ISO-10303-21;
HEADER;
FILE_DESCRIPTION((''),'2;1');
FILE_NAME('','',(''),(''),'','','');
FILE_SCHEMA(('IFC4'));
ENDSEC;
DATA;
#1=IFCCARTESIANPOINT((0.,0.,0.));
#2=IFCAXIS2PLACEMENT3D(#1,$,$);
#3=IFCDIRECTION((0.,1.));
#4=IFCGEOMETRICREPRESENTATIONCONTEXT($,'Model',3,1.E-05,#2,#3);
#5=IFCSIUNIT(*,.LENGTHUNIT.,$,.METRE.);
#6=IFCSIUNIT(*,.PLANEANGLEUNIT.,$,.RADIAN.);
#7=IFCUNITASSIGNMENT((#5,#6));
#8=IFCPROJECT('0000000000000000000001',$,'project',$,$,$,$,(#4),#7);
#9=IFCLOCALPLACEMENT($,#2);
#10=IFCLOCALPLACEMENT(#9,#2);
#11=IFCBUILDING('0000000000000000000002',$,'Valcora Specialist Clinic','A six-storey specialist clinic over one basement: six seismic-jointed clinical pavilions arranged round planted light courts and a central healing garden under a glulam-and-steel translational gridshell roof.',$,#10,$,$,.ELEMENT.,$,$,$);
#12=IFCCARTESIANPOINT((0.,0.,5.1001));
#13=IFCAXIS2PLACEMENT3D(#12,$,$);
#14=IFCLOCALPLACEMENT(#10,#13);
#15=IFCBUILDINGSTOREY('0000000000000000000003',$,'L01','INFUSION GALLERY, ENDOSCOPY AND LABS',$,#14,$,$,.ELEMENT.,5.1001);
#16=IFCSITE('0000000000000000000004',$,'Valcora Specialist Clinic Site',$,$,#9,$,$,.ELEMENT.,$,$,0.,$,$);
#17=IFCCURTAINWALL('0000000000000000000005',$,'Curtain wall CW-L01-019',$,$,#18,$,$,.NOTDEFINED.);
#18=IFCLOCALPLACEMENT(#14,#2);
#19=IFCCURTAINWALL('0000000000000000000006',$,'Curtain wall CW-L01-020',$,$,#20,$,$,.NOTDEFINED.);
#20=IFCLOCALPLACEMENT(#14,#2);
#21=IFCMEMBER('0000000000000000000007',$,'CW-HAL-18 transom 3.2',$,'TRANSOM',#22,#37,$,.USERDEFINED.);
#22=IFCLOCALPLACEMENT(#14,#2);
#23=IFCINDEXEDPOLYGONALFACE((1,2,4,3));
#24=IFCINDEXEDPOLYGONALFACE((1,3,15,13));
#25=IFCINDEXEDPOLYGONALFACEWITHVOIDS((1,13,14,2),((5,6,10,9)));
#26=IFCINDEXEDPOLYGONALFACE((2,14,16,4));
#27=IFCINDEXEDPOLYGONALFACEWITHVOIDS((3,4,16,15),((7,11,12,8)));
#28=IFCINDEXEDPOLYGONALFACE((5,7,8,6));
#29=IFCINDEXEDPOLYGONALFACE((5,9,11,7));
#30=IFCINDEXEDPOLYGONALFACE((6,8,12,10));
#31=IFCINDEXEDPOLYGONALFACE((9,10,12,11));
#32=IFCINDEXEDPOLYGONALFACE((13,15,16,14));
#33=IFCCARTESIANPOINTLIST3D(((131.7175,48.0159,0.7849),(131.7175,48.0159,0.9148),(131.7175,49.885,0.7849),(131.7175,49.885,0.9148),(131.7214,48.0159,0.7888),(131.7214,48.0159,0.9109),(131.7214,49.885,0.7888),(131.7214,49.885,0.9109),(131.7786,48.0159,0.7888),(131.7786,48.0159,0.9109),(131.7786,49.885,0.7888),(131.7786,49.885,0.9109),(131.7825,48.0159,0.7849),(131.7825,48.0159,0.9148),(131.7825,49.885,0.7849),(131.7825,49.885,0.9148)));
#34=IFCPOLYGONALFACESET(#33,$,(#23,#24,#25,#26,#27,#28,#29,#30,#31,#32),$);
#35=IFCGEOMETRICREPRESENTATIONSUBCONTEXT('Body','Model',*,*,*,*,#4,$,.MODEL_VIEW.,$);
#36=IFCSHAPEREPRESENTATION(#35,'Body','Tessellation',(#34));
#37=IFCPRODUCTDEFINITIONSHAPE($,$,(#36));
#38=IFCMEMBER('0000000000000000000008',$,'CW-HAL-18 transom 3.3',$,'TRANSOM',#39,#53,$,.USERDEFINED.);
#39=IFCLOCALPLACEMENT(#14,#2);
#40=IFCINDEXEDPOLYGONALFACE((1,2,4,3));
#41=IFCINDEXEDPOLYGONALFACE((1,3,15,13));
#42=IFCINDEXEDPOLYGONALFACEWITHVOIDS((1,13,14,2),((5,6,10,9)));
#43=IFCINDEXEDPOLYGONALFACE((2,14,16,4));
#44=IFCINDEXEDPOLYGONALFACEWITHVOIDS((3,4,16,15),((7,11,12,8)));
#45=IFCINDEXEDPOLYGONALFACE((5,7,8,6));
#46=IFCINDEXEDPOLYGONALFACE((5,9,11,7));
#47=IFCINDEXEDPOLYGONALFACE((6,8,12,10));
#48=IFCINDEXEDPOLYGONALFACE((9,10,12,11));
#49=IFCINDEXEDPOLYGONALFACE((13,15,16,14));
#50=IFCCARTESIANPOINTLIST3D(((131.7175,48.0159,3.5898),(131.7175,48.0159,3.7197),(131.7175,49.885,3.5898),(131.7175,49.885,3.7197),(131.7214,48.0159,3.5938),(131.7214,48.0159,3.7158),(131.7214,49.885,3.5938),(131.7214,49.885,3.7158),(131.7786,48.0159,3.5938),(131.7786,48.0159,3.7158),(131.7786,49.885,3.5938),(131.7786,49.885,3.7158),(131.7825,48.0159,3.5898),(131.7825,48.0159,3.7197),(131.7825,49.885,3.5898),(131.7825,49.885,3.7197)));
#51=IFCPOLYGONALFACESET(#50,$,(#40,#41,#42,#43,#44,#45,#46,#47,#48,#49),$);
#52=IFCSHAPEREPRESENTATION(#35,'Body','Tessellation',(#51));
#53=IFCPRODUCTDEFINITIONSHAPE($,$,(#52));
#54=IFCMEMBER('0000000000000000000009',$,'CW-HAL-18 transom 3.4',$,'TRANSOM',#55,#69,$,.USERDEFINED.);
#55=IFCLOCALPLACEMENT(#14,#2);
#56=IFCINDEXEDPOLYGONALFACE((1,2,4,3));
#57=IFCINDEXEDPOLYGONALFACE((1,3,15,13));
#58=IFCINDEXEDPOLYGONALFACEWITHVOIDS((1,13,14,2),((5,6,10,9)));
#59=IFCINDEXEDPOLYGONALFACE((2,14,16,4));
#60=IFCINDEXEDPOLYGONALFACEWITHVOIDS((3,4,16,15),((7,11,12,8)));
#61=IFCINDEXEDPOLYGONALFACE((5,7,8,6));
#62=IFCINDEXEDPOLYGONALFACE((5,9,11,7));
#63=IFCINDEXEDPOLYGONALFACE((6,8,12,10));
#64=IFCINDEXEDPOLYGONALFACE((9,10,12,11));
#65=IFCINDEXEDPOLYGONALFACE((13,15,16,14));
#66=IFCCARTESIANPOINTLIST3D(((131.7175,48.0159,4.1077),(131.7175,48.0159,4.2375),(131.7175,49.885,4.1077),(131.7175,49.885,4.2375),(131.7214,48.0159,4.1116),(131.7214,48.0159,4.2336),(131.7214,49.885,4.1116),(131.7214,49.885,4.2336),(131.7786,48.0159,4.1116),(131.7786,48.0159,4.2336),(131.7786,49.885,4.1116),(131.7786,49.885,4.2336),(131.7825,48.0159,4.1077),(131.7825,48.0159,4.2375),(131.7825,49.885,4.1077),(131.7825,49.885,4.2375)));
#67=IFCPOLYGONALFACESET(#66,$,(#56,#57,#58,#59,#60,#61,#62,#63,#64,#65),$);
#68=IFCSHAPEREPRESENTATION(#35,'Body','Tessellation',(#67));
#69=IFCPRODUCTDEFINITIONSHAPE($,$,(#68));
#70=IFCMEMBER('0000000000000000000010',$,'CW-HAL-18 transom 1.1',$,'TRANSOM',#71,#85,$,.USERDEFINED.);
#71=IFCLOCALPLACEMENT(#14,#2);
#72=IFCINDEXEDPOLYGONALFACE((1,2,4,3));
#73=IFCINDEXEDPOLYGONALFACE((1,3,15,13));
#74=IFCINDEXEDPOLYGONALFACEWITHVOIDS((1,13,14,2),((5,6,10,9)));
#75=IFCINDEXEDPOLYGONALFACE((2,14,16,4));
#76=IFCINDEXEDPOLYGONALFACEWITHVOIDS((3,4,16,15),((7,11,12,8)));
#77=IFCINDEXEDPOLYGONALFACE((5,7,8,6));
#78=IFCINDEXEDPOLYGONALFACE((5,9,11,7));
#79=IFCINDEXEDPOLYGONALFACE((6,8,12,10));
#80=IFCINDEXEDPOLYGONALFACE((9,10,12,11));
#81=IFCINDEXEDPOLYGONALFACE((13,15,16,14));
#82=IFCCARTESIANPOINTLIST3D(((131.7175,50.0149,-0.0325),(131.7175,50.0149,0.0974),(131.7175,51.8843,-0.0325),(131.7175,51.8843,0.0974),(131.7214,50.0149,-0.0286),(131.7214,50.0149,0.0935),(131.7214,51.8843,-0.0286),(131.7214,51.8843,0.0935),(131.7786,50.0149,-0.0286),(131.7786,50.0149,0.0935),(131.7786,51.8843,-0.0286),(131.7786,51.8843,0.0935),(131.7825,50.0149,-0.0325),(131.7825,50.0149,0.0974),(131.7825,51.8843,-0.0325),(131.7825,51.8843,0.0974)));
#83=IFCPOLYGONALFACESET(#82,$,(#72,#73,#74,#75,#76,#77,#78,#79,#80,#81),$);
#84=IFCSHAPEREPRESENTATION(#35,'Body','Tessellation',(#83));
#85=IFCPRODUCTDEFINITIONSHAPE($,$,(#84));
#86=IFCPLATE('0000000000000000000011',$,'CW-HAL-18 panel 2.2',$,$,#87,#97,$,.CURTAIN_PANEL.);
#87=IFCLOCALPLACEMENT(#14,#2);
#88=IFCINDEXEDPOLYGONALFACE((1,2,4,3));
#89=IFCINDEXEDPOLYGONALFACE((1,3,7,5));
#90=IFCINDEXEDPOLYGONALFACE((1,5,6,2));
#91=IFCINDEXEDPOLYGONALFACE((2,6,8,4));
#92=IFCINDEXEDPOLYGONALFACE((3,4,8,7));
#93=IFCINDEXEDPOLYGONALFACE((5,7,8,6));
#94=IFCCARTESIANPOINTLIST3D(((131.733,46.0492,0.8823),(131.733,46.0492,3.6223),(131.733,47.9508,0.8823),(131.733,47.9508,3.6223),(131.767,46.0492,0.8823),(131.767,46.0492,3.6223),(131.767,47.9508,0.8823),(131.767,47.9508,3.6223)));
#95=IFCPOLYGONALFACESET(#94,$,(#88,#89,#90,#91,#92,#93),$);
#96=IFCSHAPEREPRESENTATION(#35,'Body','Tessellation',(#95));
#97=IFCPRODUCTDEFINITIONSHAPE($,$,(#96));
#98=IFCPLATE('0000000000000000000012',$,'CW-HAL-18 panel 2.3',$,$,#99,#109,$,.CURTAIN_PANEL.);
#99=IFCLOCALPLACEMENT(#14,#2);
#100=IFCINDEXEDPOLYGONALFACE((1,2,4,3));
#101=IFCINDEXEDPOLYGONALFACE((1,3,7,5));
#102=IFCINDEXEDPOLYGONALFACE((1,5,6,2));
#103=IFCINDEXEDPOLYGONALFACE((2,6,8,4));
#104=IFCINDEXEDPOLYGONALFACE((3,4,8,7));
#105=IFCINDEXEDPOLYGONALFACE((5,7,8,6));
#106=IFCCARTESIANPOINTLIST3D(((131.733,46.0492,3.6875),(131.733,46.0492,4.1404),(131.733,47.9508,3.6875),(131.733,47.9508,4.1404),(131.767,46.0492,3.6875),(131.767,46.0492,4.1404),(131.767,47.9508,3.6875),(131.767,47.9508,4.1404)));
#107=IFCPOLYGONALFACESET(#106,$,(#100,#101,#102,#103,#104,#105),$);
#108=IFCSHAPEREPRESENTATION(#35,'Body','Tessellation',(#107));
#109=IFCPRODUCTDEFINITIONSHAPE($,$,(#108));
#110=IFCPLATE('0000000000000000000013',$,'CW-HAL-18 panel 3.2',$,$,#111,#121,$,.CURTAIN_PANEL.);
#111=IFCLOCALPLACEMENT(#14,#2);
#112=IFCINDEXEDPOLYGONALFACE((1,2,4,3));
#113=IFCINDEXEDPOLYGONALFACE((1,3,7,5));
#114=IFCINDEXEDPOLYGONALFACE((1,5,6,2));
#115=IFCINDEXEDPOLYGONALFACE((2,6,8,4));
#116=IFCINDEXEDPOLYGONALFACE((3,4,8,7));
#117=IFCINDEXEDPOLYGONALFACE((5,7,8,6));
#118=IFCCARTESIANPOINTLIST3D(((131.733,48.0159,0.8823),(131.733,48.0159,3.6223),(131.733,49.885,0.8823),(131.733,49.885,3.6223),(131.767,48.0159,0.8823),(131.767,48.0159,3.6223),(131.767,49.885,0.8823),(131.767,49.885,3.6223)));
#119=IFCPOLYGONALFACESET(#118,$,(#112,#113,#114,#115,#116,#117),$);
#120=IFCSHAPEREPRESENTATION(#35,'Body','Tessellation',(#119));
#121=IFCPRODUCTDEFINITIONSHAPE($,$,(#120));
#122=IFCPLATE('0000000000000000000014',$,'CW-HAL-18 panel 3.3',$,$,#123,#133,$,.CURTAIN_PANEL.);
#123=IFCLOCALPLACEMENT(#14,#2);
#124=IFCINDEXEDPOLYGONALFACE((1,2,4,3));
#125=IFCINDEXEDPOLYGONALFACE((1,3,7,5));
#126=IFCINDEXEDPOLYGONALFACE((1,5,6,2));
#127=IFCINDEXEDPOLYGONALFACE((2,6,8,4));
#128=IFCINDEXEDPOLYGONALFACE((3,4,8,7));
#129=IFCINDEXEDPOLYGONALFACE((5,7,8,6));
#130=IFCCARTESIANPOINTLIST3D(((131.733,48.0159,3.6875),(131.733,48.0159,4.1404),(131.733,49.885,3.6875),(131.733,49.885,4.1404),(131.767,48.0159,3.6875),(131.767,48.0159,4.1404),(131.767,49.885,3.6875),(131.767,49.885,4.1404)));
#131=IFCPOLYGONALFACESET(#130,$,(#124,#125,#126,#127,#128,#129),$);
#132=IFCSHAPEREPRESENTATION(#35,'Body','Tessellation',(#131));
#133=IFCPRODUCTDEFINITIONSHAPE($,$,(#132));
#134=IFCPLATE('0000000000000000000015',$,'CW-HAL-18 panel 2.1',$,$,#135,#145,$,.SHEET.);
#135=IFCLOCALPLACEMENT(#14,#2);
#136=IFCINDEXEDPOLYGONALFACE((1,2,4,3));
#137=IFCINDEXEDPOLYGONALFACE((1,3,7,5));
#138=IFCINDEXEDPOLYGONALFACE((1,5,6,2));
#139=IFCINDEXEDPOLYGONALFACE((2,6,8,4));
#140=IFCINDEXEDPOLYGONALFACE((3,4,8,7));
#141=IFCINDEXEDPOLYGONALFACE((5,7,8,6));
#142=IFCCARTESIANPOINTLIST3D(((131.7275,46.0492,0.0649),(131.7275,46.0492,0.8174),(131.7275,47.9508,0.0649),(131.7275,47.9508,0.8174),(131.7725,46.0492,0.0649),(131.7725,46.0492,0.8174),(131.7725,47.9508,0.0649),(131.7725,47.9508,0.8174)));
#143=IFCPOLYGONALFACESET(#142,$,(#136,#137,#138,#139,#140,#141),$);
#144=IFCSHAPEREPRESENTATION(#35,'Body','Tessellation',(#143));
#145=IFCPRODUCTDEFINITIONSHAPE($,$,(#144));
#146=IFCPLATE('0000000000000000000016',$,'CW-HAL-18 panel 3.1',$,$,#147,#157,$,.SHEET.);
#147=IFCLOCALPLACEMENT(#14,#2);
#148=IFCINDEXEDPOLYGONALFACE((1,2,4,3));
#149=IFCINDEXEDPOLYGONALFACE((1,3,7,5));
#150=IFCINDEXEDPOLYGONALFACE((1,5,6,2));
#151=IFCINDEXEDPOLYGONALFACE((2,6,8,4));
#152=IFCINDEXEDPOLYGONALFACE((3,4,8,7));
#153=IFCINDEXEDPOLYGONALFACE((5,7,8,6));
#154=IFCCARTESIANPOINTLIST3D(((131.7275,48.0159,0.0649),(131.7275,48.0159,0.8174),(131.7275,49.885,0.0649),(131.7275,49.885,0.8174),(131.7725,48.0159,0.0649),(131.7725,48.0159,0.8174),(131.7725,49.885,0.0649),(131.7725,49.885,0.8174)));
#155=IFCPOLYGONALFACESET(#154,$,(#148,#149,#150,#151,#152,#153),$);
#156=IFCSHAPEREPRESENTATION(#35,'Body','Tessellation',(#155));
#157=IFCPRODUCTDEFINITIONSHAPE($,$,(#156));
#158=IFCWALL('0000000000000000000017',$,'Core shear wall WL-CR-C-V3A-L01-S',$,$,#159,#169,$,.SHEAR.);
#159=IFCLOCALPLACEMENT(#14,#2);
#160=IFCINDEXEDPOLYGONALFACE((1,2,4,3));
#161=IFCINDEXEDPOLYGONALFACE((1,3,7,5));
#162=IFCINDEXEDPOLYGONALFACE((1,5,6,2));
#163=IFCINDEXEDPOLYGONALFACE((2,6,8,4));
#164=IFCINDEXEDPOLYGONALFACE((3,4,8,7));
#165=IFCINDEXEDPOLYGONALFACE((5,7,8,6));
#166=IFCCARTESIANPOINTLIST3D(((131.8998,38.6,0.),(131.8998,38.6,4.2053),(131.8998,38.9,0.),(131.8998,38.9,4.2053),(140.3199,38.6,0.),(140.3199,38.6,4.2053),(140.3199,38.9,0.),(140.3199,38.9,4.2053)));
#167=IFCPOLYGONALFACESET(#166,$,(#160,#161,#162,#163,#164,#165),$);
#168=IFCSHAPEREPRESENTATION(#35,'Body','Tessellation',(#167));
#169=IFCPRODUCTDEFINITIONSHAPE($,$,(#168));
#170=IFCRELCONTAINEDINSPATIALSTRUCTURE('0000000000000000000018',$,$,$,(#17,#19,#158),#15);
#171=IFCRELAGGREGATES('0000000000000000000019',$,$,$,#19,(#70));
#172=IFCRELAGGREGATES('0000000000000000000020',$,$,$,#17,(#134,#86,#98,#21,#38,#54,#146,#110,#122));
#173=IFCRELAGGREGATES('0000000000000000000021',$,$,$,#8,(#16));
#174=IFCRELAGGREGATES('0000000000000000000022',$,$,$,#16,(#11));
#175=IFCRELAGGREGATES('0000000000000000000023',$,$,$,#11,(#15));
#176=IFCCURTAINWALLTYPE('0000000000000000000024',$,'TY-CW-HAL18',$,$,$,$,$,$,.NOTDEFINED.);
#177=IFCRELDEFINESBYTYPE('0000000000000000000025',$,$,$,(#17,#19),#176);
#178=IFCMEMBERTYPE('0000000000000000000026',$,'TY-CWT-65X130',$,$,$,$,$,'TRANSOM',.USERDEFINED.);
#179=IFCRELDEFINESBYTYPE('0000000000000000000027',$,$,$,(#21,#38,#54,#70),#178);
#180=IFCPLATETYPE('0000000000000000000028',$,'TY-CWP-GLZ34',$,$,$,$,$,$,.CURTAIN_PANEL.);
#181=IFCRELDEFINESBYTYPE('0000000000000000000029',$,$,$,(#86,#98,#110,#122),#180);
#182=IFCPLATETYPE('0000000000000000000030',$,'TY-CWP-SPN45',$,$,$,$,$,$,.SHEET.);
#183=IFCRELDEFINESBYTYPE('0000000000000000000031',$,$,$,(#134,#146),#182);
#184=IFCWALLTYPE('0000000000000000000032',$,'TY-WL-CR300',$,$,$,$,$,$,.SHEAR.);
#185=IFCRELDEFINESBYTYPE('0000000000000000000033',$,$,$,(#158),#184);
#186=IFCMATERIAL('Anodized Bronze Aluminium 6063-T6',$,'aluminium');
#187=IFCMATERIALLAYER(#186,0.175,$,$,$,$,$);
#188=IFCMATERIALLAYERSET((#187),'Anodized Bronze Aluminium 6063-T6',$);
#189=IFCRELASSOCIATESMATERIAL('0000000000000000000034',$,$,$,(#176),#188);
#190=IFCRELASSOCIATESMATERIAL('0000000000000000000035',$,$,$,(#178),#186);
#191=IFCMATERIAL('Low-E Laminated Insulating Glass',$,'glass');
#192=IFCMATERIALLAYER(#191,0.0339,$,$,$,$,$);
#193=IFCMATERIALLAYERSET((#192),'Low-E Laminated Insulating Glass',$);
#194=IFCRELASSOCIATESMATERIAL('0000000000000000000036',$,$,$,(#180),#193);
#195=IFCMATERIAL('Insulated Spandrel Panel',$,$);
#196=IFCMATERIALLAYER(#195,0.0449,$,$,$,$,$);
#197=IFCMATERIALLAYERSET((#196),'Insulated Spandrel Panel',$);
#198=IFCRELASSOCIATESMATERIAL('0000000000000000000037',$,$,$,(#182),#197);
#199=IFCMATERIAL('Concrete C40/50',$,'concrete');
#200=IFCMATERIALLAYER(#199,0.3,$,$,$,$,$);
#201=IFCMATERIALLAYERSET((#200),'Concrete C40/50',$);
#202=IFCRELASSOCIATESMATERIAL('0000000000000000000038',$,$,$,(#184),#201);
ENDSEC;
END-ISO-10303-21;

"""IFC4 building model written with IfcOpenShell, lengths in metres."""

from ifc_helpers import new_model, si_unit, direction, frame, frame_2d, origin, origin_2d, place, context, subcontext, project, spatial, rectangle, hollow_rectangle, extrude, material, layer, layer_set, material_profile, profile_set, type_object, element, aggregate, save


model = new_model("IFC4")

# Units and contexts
model_context = context("Model", 3, precision=1e-05, world=origin(), true_north=direction((0.0, 1.0)))
body_context = subcontext(model_context, "Body", "Model", "MODEL_VIEW")
ifc_project = project(units=[si_unit("LENGTHUNIT", "METRE"), si_unit("PLANEANGLEUNIT", "RADIAN")], contexts=[model_context])

# Site, building, storey
site_placement = place(None, origin())
site = spatial("IfcSite", under=ifc_project, at=site_placement, Name="Valcora Specialist Clinic Site", CompositionType="ELEMENT", RefElevation=0.0)
building_placement = place(site_placement, origin())
building = spatial("IfcBuilding", under=site, at=building_placement, Name="Valcora Specialist Clinic", Description="A six-storey specialist clinic over one basement: six seismic-jointed clinical pavilions arranged round planted light courts and a central healing garden under a glulam-and-steel translational gridshell roof.", CompositionType="ELEMENT")
storey_placement = place(building_placement, frame((0.0, 0.0, 5.1001)))
storey = spatial("IfcBuildingStorey", under=building, at=storey_placement, Name="L01", Description="INFUSION GALLERY, ENDOSCOPY AND LABS", CompositionType="ELEMENT", Elevation=5.1001)

# Shared definitions
ifc_material_1 = material(Name="Concrete C40/50", Category="concrete")

# Curtain wall
ifc_material_2 = material(Name="Anodized Bronze Aluminium 6063-T6", Category="aluminium")
ifc_layer_1 = layer(ifc_material_2, 0.175)
ifc_layer_set_1 = layer_set([ifc_layer_1], Name="Anodized Bronze Aluminium 6063-T6")
curtain_wall_type = type_object("IfcCurtainWallType", Name="TY-CW-HAL18", PredefinedType="NOTDEFINED", material=ifc_layer_set_1)
curtain_wall_1_placement = place(storey_placement, origin())
curtain_wall_1 = element("IfcCurtainWall", 1, at=curtain_wall_1_placement, inside=storey, type_object=curtain_wall_type, Name="Curtain wall CW-L01-019", PredefinedType="NOTDEFINED")

# Curtain wall
curtain_wall_2_placement = place(storey_placement, origin())
curtain_wall_2 = element("IfcCurtainWall", 2, at=curtain_wall_2_placement, inside=storey, type_object=curtain_wall_type, Name="Curtain wall CW-L01-020", PredefinedType="NOTDEFINED")

# Members
ifc_material_profile_1 = material_profile(ifc_material_2, hollow_rectangle(XDim=0.0649, YDim=0.1299, WallThickness=0.0039, at=origin_2d()), Name="AL-TRN-65X130")
ifc_profile_set_1 = profile_set([ifc_material_profile_1], Name="Anodized Bronze Aluminium 6063-T6")
member_type_1 = type_object("IfcMemberType", Name="TY-CWT-65X130", ElementType="TRANSOM", PredefinedType="USERDEFINED", material=ifc_profile_set_1)
member_1_placement = place(storey_placement, frame((131.75, 48.0159, 0.8499), z_axis=(0.0, 1.0, 0.0), x_axis=(-1.0, 0.0, 0.0)))
member_1 = element("IfcMember", 3, at=member_1_placement, type_object=member_type_1, Name="CW-HAL-18 transom 3.2", ObjectType="TRANSOM", PredefinedType="USERDEFINED", context=body_context, shape_type="SweptSolid", body=[
    extrude(hollow_rectangle(XDim=0.0649, YDim=0.1299, WallThickness=0.0039, at=origin_2d()), origin(), (0.0, 0.0, 1.0), 1.8691),
])
member_2_placement = place(storey_placement, frame((131.75, 48.0159, 3.6548), z_axis=(0.0, 1.0, 0.0), x_axis=(-1.0, 0.0, 0.0)))
member_2 = element("IfcMember", 4, at=member_2_placement, type_object=member_type_1, Name="CW-HAL-18 transom 3.3", ObjectType="TRANSOM", PredefinedType="USERDEFINED", context=body_context, shape_type="SweptSolid", body=[
    extrude(hollow_rectangle(XDim=0.0649, YDim=0.1299, WallThickness=0.0039, at=origin_2d()), origin(), (0.0, 0.0, 1.0), 1.8691),
])
member_3_placement = place(storey_placement, frame((131.75, 48.0159, 4.1726), z_axis=(0.0, 1.0, 0.0), x_axis=(-1.0, 0.0, 0.0)))
member_3 = element("IfcMember", 5, at=member_3_placement, type_object=member_type_1, Name="CW-HAL-18 transom 3.4", ObjectType="TRANSOM", PredefinedType="USERDEFINED", context=body_context, shape_type="SweptSolid", body=[
    extrude(hollow_rectangle(XDim=0.0649, YDim=0.1299, WallThickness=0.0039, at=origin_2d()), origin(), (0.0, 0.0, 1.0), 1.8691),
])
member_4_placement = place(storey_placement, frame((131.75, 50.0149, 0.0325), z_axis=(0.0, 1.0, 0.0), x_axis=(-1.0, 0.0, 0.0)))
member_4 = element("IfcMember", 6, at=member_4_placement, type_object=member_type_1, Name="CW-HAL-18 transom 1.1", ObjectType="TRANSOM", PredefinedType="USERDEFINED", context=body_context, shape_type="SweptSolid", body=[
    extrude(hollow_rectangle(XDim=0.0649, YDim=0.1299, WallThickness=0.0039, at=origin_2d()), origin(), (0.0, 0.0, 1.0), 1.8694),
])
aggregate(curtain_wall_2, [member_4])

# Plates
ifc_material_3 = material(Name="Low-E Laminated Insulating Glass", Category="glass")
ifc_layer_2 = layer(ifc_material_3, 0.0339)
ifc_layer_set_2 = layer_set([ifc_layer_2], Name="Low-E Laminated Insulating Glass")
plate_type_1 = type_object("IfcPlateType", Name="TY-CWP-GLZ34", PredefinedType="CURTAIN_PANEL", material=ifc_layer_set_2)
plate_1_placement = place(storey_placement, frame((131.75, 47.0, 0.8823), z_axis=(0.0, 0.0, 1.0), x_axis=(0.0, 1.0, 0.0)))
plate_1 = element("IfcPlate", 7, at=plate_1_placement, type_object=plate_type_1, Name="CW-HAL-18 panel 2.2", PredefinedType="CURTAIN_PANEL", context=body_context, shape_type="SweptSolid", body=[
    extrude(rectangle(XDim=1.9016, YDim=0.0339, at=origin_2d()), origin(), (0.0, 0.0, 1.0), 2.74),
])
plate_2_placement = place(storey_placement, frame((131.75, 47.0, 3.6875), z_axis=(0.0, 0.0, 1.0), x_axis=(0.0, 1.0, 0.0)))
plate_2 = element("IfcPlate", 8, at=plate_2_placement, type_object=plate_type_1, Name="CW-HAL-18 panel 2.3", PredefinedType="CURTAIN_PANEL", context=body_context, shape_type="SweptSolid", body=[
    extrude(rectangle(XDim=1.9016, YDim=0.0339, at=origin_2d()), origin(), (0.0, 0.0, 1.0), 0.4529),
])
plate_3_placement = place(storey_placement, frame((131.75, 48.9504, 0.8823), z_axis=(0.0, 0.0, 1.0), x_axis=(0.0, 1.0, 0.0)))
plate_3 = element("IfcPlate", 9, at=plate_3_placement, type_object=plate_type_1, Name="CW-HAL-18 panel 3.2", PredefinedType="CURTAIN_PANEL", context=body_context, shape_type="SweptSolid", body=[
    extrude(rectangle(XDim=1.8691, YDim=0.0339, at=origin_2d()), origin(), (0.0, 0.0, 1.0), 2.74),
])
plate_4_placement = place(storey_placement, frame((131.75, 48.9504, 3.6875), z_axis=(0.0, 0.0, 1.0), x_axis=(0.0, 1.0, 0.0)))
plate_4 = element("IfcPlate", 10, at=plate_4_placement, type_object=plate_type_1, Name="CW-HAL-18 panel 3.3", PredefinedType="CURTAIN_PANEL", context=body_context, shape_type="SweptSolid", body=[
    extrude(rectangle(XDim=1.8691, YDim=0.0339, at=origin_2d()), origin(), (0.0, 0.0, 1.0), 0.4529),
])
ifc_material_4 = material(Name="Insulated Spandrel Panel")
ifc_layer_3 = layer(ifc_material_4, 0.0449)
ifc_layer_set_3 = layer_set([ifc_layer_3], Name="Insulated Spandrel Panel")
plate_type_2 = type_object("IfcPlateType", Name="TY-CWP-SPN45", PredefinedType="SHEET", material=ifc_layer_set_3)
plate_5_placement = place(storey_placement, frame((131.75, 47.0, 0.0649), z_axis=(0.0, 0.0, 1.0), x_axis=(0.0, 1.0, 0.0)))
plate_5 = element("IfcPlate", 11, at=plate_5_placement, type_object=plate_type_2, Name="CW-HAL-18 panel 2.1", PredefinedType="SHEET", context=body_context, shape_type="SweptSolid", body=[
    extrude(rectangle(XDim=1.9016, YDim=0.0449, at=origin_2d()), origin(), (0.0, 0.0, 1.0), 0.7524),
])
plate_6_placement = place(storey_placement, frame((131.75, 48.9504, 0.0649), z_axis=(0.0, 0.0, 1.0), x_axis=(0.0, 1.0, 0.0)))
plate_6 = element("IfcPlate", 12, at=plate_6_placement, type_object=plate_type_2, Name="CW-HAL-18 panel 3.1", PredefinedType="SHEET", context=body_context, shape_type="SweptSolid", body=[
    extrude(rectangle(XDim=1.8691, YDim=0.0449, at=origin_2d()), origin(), (0.0, 0.0, 1.0), 0.7524),
])
aggregate(curtain_wall_1, [plate_5, plate_1, plate_2, member_1, member_2, member_3, plate_6, plate_3, plate_4])

# Wall
ifc_layer_4 = layer(ifc_material_1, 0.3)
ifc_layer_set_4 = layer_set([ifc_layer_4], Name="Concrete C40/50")
wall_type = type_object("IfcWallType", Name="TY-WL-CR300", PredefinedType="SHEAR", material=ifc_layer_set_4)
wall_1_placement = place(storey_placement, frame((131.8999, 38.75, 0.0), z_axis=(0.0, 0.0, 1.0), x_axis=(1.0, 0.0, 0.0)))
element("IfcWall", 13, at=wall_1_placement, inside=storey, type_object=wall_type, Name="Core shear wall WL-CR-C-V3A-L01-S", PredefinedType="SHEAR", context=body_context, shape_type="SweptSolid", body=[
    extrude(rectangle(XDim=8.4202, YDim=0.3, at=frame_2d((4.21, 0.0))), origin(), (0.0, 0.0, 1.0), 4.2053),
])

save(model, "model.ifc")
